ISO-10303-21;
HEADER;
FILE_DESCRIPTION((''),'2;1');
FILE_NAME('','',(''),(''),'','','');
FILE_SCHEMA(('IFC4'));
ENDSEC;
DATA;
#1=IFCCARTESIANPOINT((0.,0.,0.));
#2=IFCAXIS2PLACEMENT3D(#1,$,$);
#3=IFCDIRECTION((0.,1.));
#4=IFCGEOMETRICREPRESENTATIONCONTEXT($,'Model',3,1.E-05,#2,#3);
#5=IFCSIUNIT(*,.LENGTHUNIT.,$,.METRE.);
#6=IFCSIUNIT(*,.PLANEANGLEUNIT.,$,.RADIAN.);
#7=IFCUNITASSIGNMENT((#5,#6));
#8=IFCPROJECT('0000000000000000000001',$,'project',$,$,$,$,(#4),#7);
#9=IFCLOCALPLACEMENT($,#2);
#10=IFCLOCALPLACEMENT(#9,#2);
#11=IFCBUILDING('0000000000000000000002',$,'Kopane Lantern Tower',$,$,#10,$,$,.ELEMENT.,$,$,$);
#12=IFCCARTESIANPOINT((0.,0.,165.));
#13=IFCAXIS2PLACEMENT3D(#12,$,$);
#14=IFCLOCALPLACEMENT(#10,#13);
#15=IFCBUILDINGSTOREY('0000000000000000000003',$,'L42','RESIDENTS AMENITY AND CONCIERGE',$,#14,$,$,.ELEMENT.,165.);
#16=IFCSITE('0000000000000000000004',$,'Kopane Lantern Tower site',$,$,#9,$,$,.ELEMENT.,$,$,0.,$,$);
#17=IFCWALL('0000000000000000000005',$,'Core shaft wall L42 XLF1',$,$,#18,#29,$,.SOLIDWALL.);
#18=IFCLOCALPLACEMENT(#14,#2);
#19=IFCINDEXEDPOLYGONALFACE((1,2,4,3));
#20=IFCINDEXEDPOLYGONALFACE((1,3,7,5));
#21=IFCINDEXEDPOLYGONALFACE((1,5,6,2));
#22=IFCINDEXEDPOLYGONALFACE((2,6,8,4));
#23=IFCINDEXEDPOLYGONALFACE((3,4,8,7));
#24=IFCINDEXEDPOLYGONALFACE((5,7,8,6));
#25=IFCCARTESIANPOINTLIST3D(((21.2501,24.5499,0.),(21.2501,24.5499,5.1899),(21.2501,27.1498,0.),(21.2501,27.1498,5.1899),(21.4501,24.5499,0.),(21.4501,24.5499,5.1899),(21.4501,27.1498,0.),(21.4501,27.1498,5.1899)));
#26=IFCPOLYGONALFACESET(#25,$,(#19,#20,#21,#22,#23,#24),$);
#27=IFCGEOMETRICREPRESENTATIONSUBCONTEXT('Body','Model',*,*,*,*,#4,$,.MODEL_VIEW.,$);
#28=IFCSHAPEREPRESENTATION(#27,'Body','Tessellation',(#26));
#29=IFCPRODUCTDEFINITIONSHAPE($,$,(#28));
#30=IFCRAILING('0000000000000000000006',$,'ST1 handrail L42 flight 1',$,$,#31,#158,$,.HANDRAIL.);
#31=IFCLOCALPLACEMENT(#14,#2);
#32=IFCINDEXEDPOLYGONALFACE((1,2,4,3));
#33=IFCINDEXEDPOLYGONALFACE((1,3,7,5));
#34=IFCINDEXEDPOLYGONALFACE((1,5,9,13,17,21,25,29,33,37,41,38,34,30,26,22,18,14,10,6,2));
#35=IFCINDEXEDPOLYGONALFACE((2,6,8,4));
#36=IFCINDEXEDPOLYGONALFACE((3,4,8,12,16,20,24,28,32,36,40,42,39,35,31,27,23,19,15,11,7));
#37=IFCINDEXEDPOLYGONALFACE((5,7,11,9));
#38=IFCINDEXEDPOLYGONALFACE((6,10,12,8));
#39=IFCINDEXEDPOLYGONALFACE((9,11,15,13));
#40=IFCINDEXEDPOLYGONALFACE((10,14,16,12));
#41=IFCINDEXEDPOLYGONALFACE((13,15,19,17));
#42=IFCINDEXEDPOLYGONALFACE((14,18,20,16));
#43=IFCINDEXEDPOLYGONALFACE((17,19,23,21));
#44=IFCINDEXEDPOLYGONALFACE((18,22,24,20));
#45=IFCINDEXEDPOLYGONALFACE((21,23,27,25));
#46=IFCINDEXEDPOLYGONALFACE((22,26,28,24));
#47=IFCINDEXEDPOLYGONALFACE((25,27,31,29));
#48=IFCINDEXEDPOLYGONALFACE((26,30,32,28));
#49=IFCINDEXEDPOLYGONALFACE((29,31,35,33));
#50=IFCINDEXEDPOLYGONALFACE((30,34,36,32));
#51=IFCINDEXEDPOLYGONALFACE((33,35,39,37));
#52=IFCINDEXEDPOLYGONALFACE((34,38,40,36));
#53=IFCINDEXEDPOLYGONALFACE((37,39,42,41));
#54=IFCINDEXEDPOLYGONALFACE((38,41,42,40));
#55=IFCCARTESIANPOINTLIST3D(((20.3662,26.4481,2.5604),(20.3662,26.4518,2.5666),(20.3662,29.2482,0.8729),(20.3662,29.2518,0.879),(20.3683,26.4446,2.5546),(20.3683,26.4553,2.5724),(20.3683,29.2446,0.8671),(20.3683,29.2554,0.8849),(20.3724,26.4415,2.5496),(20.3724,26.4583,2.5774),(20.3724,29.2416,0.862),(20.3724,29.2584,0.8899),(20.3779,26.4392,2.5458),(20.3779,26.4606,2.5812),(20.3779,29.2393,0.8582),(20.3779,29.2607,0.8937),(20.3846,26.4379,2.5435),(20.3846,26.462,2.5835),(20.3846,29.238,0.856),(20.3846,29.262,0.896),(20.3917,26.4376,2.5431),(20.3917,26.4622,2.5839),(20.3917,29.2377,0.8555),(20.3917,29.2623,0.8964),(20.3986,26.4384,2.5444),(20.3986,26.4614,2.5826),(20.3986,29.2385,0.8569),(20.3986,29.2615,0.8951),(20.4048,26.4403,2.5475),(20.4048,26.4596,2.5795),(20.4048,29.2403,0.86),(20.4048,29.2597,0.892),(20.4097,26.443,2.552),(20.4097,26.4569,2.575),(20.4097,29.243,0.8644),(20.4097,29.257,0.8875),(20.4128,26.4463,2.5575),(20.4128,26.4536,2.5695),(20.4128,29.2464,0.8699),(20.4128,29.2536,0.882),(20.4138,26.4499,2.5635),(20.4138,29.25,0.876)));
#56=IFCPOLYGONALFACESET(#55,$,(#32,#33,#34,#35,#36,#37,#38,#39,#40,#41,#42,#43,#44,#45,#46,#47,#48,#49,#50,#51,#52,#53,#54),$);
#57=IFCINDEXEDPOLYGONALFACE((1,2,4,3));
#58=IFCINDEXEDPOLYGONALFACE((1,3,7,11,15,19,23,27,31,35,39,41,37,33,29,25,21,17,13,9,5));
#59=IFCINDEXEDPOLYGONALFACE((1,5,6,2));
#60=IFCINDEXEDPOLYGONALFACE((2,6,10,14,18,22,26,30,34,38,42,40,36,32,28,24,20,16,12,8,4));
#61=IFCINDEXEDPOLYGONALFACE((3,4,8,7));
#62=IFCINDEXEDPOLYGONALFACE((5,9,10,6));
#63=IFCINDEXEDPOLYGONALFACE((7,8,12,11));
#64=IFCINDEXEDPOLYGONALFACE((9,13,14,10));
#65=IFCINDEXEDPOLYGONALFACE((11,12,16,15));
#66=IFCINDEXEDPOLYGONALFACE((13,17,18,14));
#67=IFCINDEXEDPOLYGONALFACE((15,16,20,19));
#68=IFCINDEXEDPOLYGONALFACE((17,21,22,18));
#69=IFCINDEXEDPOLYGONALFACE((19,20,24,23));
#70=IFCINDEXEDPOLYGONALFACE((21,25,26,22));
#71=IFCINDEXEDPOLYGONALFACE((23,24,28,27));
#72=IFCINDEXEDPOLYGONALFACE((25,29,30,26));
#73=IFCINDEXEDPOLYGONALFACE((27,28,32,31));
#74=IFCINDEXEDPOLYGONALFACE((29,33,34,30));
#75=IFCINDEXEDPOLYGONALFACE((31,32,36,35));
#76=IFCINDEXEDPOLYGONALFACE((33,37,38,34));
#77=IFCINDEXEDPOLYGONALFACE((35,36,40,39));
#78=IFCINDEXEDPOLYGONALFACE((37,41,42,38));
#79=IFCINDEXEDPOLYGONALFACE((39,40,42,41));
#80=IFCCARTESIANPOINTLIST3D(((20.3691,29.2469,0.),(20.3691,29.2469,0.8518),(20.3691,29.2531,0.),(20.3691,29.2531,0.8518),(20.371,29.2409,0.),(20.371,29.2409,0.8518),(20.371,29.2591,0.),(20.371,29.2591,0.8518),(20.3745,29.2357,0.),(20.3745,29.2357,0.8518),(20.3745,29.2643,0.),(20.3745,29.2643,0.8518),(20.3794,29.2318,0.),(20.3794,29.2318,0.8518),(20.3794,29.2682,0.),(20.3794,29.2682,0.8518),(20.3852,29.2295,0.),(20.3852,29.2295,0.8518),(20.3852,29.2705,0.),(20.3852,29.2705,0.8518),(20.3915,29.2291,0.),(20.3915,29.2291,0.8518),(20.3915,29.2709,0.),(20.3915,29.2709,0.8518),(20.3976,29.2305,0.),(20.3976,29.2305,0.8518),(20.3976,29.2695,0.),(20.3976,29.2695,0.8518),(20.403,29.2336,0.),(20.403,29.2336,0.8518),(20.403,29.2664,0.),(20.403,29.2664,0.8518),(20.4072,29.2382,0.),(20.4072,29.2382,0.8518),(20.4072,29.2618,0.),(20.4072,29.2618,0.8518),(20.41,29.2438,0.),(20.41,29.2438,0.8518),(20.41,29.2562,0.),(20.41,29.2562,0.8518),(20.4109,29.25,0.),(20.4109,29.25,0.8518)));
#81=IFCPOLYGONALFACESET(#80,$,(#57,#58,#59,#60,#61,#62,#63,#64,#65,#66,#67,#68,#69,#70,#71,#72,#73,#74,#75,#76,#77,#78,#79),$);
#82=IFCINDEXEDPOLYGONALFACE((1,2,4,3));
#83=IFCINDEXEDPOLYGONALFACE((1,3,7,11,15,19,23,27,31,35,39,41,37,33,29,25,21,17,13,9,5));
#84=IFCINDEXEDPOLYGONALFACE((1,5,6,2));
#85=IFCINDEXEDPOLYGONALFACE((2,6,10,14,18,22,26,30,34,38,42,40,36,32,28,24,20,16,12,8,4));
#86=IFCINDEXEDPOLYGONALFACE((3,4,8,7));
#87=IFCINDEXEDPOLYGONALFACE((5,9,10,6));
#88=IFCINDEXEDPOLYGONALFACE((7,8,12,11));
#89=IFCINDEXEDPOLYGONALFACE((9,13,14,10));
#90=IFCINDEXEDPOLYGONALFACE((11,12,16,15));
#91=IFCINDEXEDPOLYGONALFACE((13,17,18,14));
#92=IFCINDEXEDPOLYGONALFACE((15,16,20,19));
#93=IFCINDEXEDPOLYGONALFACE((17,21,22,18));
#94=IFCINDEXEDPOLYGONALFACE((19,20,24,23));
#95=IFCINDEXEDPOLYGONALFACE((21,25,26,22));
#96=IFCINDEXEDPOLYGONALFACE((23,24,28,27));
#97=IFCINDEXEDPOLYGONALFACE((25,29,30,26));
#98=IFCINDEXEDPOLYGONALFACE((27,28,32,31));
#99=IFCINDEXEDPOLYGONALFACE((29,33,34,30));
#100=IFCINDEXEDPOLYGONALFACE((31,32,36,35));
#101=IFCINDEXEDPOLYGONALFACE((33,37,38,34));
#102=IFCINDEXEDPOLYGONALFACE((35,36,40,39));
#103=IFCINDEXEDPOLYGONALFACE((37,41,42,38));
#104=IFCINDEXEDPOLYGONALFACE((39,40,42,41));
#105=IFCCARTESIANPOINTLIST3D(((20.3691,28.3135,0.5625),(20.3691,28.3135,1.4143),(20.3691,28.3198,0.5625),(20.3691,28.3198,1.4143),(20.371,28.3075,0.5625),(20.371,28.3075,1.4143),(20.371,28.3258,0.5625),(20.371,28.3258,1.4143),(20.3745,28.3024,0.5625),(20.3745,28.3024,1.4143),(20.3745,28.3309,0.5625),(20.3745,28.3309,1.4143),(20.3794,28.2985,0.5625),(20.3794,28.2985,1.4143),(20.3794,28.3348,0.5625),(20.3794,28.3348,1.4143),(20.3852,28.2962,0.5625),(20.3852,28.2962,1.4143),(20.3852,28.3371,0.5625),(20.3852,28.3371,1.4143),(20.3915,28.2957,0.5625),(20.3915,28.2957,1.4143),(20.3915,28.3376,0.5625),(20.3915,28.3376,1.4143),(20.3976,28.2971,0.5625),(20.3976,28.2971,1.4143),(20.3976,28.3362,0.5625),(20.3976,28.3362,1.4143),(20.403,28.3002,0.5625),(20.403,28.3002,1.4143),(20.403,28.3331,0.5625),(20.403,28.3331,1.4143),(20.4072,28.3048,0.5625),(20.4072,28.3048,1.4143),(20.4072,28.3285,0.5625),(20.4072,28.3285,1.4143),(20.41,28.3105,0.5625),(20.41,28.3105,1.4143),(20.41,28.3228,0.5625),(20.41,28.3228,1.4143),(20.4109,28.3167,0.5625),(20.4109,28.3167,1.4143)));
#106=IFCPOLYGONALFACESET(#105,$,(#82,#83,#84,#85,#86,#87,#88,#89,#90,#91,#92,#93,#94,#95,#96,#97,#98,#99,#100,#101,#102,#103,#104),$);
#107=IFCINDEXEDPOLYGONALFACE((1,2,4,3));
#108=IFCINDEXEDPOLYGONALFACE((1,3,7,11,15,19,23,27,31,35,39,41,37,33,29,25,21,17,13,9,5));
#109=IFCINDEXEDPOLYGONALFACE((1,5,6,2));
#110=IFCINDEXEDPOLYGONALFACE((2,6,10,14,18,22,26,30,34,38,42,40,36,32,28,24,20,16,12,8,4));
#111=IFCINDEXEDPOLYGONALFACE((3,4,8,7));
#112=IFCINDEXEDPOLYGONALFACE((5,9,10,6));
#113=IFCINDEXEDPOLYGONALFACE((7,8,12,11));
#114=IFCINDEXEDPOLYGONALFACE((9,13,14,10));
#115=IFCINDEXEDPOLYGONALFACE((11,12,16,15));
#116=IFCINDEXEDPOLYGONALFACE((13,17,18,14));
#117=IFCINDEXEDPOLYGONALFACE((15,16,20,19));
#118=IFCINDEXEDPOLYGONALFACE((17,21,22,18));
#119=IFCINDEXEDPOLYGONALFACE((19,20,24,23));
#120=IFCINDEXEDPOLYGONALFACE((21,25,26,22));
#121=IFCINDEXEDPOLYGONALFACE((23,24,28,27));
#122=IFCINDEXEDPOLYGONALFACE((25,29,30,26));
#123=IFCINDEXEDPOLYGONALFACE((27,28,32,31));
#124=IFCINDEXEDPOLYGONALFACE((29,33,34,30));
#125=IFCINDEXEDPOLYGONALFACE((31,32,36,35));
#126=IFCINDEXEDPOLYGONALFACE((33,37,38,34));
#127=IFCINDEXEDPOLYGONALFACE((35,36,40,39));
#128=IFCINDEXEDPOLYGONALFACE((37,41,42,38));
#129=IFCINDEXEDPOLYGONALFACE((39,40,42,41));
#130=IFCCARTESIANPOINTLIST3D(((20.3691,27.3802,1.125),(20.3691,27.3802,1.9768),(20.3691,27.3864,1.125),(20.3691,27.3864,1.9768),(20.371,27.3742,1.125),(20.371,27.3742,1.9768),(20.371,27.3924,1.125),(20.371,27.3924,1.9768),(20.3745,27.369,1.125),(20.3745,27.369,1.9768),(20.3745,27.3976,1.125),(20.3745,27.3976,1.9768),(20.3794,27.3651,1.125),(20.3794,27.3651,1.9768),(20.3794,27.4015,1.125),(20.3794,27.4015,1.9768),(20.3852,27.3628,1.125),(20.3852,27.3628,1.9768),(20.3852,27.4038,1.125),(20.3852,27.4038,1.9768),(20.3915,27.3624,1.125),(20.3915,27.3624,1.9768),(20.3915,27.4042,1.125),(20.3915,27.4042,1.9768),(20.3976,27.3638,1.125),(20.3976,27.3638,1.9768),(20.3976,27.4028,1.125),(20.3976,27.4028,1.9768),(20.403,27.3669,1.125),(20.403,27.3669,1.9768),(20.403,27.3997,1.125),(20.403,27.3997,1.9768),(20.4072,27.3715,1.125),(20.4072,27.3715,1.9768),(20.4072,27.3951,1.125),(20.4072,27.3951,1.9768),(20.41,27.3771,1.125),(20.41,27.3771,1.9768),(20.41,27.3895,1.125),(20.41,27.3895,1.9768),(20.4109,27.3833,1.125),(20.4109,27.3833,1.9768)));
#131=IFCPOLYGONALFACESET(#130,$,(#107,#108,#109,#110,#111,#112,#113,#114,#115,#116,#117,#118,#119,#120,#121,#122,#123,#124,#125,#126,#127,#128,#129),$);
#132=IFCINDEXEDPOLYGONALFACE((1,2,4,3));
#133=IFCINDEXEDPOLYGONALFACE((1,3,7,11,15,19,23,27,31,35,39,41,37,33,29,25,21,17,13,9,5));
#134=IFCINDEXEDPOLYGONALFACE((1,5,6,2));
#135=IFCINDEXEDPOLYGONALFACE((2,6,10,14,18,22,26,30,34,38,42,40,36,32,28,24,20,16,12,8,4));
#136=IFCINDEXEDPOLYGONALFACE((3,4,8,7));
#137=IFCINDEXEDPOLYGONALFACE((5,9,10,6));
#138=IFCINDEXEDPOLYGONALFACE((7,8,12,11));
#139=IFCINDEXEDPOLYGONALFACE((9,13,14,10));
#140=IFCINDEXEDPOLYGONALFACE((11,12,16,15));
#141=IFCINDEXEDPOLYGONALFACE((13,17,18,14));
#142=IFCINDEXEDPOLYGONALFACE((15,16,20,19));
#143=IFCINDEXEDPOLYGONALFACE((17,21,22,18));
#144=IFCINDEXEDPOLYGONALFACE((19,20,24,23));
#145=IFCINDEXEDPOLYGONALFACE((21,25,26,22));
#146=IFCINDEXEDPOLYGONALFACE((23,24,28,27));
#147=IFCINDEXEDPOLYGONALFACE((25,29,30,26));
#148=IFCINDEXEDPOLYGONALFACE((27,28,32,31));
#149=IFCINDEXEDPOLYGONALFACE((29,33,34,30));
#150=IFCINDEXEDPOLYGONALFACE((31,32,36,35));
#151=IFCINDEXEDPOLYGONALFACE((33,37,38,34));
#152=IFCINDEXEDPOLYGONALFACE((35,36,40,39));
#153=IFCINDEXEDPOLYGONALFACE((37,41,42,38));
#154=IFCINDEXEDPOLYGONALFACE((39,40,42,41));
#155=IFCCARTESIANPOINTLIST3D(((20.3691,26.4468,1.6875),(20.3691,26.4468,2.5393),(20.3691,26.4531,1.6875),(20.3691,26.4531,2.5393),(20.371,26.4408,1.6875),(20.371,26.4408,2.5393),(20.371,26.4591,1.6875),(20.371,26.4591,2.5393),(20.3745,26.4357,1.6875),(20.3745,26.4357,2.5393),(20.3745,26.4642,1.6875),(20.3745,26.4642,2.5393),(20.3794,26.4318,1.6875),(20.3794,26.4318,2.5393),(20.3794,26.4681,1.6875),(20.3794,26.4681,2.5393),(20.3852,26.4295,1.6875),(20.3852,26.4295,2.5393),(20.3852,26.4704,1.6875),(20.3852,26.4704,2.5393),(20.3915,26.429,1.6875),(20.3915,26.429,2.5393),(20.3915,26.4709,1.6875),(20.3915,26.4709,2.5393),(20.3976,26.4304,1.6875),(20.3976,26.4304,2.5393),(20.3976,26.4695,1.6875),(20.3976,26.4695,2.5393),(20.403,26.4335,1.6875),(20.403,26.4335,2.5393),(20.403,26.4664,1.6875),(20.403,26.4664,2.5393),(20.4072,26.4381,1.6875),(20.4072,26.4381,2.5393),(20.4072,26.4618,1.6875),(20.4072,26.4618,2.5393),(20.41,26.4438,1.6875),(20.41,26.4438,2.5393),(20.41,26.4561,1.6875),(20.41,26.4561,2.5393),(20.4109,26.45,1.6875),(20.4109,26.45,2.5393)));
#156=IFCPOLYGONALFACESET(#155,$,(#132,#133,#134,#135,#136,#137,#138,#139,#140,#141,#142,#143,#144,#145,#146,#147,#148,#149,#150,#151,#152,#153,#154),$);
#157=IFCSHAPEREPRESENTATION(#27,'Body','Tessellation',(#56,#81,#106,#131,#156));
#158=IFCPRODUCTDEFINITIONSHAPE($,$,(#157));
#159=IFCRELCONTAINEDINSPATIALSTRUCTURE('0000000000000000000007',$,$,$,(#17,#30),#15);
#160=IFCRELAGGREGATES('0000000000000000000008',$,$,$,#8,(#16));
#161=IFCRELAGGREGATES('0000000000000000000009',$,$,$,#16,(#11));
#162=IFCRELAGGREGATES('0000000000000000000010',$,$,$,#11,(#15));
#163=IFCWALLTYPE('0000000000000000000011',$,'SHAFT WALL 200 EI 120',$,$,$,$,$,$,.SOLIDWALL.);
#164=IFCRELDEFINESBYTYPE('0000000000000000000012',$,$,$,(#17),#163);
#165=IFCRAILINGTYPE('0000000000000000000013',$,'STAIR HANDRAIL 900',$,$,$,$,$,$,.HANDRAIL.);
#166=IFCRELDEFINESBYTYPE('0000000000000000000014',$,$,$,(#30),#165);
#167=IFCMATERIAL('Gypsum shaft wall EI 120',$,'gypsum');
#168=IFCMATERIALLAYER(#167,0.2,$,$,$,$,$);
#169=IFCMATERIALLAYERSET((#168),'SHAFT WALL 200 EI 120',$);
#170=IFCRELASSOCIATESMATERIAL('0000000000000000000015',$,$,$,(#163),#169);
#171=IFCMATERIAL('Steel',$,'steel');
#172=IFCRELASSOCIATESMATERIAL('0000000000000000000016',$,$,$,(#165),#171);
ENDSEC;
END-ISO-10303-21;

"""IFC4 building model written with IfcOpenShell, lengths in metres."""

from ifc_helpers import new_model, si_unit, direction, frame, frame_2d, origin, origin_2d, place, context, subcontext, project, spatial, rectangle, circle, extrude, material, layer, layer_set, type_object, element, save


model = new_model("IFC4")

# Units and contexts
model_context = context("Model", 3, precision=1e-05, world=origin(), true_north=direction((0.0, 1.0)))
body_context = subcontext(model_context, "Body", "Model", "MODEL_VIEW")
ifc_project = project(units=[si_unit("LENGTHUNIT", "METRE"), si_unit("PLANEANGLEUNIT", "RADIAN")], contexts=[model_context])

# Site, building, storey
site_placement = place(None, origin())
site = spatial("IfcSite", under=ifc_project, at=site_placement, Name="Kopane Lantern Tower site", CompositionType="ELEMENT", RefElevation=0.0)
building_placement = place(site_placement, origin())
building = spatial("IfcBuilding", under=site, at=building_placement, Name="Kopane Lantern Tower", CompositionType="ELEMENT")
storey_placement = place(building_placement, frame((0.0, 0.0, 165.0)))
storey = spatial("IfcBuildingStorey", under=building, at=storey_placement, Name="L42", Description="RESIDENTS AMENITY AND CONCIERGE", CompositionType="ELEMENT", Elevation=165.0)

# Wall
ifc_material_1 = material(Name="Gypsum shaft wall EI 120", Category="gypsum")
ifc_layer_1 = layer(ifc_material_1, 0.2)
ifc_layer_set_1 = layer_set([ifc_layer_1], Name="SHAFT WALL 200 EI 120")
wall_type_1 = type_object("IfcWallType", Name="SHAFT WALL 200 EI 120", PredefinedType="SOLIDWALL", material=ifc_layer_set_1)
wall_1_placement = place(storey_placement, frame((21.3501, 24.55, 0.0), z_axis=(0.0, 0.0, 1.0), x_axis=(0.0, 1.0, 0.0)))
element("IfcWall", 1, at=wall_1_placement, inside=storey, type_object=wall_type_1, Name="Core shaft wall L42 XLF1", PredefinedType="SOLIDWALL", context=body_context, shape_type="SweptSolid", body=[
    extrude(rectangle(XDim=2.5999, YDim=0.2, at=frame_2d((1.2998, 0.0))), origin(), (0.0, 0.0, 1.0), 5.1899),
])

# Railing
ifc_material_2 = material(Name="Steel", Category="steel")
railing_type_1 = type_object("IfcRailingType", Name="STAIR HANDRAIL 900", PredefinedType="HANDRAIL", material=ifc_material_2)
for number, where, name in (
    (2, (20.3899, 29.25, 0.0), "ST1 handrail L42 flight 1"),
):
    element("IfcRailing", number, at=place(storey_placement, frame(where)), inside=storey, type_object=railing_type_1, Name=name, PredefinedType="HANDRAIL", context=body_context, shape_type="SweptSolid", body=[
        extrude(circle(Radius=0.0239, at=origin_2d()), frame((0.0, 0.0, 0.876), z_axis=(0.0, -0.856483, 0.516175), x_axis=(1.0, 0.0, 0.0)), (0.0, 0.0, 1.0), 3.2693),
        extrude(circle(Radius=0.021, at=origin_2d()), origin(), (0.0, 0.0, 1.0), 0.8518),
        extrude(circle(Radius=0.021, at=origin_2d()), frame((0.0, -0.9333, 0.5625)), (0.0, 0.0, 1.0), 0.8518),
        extrude(circle(Radius=0.021, at=origin_2d()), frame((0.0, -1.8667, 1.125)), (0.0, 0.0, 1.0), 0.8518),
        extrude(circle(Radius=0.021, at=origin_2d()), frame((0.0, -2.8, 1.6875)), (0.0, 0.0, 1.0), 0.8518),
    ])

save(model, "model.ifc")
